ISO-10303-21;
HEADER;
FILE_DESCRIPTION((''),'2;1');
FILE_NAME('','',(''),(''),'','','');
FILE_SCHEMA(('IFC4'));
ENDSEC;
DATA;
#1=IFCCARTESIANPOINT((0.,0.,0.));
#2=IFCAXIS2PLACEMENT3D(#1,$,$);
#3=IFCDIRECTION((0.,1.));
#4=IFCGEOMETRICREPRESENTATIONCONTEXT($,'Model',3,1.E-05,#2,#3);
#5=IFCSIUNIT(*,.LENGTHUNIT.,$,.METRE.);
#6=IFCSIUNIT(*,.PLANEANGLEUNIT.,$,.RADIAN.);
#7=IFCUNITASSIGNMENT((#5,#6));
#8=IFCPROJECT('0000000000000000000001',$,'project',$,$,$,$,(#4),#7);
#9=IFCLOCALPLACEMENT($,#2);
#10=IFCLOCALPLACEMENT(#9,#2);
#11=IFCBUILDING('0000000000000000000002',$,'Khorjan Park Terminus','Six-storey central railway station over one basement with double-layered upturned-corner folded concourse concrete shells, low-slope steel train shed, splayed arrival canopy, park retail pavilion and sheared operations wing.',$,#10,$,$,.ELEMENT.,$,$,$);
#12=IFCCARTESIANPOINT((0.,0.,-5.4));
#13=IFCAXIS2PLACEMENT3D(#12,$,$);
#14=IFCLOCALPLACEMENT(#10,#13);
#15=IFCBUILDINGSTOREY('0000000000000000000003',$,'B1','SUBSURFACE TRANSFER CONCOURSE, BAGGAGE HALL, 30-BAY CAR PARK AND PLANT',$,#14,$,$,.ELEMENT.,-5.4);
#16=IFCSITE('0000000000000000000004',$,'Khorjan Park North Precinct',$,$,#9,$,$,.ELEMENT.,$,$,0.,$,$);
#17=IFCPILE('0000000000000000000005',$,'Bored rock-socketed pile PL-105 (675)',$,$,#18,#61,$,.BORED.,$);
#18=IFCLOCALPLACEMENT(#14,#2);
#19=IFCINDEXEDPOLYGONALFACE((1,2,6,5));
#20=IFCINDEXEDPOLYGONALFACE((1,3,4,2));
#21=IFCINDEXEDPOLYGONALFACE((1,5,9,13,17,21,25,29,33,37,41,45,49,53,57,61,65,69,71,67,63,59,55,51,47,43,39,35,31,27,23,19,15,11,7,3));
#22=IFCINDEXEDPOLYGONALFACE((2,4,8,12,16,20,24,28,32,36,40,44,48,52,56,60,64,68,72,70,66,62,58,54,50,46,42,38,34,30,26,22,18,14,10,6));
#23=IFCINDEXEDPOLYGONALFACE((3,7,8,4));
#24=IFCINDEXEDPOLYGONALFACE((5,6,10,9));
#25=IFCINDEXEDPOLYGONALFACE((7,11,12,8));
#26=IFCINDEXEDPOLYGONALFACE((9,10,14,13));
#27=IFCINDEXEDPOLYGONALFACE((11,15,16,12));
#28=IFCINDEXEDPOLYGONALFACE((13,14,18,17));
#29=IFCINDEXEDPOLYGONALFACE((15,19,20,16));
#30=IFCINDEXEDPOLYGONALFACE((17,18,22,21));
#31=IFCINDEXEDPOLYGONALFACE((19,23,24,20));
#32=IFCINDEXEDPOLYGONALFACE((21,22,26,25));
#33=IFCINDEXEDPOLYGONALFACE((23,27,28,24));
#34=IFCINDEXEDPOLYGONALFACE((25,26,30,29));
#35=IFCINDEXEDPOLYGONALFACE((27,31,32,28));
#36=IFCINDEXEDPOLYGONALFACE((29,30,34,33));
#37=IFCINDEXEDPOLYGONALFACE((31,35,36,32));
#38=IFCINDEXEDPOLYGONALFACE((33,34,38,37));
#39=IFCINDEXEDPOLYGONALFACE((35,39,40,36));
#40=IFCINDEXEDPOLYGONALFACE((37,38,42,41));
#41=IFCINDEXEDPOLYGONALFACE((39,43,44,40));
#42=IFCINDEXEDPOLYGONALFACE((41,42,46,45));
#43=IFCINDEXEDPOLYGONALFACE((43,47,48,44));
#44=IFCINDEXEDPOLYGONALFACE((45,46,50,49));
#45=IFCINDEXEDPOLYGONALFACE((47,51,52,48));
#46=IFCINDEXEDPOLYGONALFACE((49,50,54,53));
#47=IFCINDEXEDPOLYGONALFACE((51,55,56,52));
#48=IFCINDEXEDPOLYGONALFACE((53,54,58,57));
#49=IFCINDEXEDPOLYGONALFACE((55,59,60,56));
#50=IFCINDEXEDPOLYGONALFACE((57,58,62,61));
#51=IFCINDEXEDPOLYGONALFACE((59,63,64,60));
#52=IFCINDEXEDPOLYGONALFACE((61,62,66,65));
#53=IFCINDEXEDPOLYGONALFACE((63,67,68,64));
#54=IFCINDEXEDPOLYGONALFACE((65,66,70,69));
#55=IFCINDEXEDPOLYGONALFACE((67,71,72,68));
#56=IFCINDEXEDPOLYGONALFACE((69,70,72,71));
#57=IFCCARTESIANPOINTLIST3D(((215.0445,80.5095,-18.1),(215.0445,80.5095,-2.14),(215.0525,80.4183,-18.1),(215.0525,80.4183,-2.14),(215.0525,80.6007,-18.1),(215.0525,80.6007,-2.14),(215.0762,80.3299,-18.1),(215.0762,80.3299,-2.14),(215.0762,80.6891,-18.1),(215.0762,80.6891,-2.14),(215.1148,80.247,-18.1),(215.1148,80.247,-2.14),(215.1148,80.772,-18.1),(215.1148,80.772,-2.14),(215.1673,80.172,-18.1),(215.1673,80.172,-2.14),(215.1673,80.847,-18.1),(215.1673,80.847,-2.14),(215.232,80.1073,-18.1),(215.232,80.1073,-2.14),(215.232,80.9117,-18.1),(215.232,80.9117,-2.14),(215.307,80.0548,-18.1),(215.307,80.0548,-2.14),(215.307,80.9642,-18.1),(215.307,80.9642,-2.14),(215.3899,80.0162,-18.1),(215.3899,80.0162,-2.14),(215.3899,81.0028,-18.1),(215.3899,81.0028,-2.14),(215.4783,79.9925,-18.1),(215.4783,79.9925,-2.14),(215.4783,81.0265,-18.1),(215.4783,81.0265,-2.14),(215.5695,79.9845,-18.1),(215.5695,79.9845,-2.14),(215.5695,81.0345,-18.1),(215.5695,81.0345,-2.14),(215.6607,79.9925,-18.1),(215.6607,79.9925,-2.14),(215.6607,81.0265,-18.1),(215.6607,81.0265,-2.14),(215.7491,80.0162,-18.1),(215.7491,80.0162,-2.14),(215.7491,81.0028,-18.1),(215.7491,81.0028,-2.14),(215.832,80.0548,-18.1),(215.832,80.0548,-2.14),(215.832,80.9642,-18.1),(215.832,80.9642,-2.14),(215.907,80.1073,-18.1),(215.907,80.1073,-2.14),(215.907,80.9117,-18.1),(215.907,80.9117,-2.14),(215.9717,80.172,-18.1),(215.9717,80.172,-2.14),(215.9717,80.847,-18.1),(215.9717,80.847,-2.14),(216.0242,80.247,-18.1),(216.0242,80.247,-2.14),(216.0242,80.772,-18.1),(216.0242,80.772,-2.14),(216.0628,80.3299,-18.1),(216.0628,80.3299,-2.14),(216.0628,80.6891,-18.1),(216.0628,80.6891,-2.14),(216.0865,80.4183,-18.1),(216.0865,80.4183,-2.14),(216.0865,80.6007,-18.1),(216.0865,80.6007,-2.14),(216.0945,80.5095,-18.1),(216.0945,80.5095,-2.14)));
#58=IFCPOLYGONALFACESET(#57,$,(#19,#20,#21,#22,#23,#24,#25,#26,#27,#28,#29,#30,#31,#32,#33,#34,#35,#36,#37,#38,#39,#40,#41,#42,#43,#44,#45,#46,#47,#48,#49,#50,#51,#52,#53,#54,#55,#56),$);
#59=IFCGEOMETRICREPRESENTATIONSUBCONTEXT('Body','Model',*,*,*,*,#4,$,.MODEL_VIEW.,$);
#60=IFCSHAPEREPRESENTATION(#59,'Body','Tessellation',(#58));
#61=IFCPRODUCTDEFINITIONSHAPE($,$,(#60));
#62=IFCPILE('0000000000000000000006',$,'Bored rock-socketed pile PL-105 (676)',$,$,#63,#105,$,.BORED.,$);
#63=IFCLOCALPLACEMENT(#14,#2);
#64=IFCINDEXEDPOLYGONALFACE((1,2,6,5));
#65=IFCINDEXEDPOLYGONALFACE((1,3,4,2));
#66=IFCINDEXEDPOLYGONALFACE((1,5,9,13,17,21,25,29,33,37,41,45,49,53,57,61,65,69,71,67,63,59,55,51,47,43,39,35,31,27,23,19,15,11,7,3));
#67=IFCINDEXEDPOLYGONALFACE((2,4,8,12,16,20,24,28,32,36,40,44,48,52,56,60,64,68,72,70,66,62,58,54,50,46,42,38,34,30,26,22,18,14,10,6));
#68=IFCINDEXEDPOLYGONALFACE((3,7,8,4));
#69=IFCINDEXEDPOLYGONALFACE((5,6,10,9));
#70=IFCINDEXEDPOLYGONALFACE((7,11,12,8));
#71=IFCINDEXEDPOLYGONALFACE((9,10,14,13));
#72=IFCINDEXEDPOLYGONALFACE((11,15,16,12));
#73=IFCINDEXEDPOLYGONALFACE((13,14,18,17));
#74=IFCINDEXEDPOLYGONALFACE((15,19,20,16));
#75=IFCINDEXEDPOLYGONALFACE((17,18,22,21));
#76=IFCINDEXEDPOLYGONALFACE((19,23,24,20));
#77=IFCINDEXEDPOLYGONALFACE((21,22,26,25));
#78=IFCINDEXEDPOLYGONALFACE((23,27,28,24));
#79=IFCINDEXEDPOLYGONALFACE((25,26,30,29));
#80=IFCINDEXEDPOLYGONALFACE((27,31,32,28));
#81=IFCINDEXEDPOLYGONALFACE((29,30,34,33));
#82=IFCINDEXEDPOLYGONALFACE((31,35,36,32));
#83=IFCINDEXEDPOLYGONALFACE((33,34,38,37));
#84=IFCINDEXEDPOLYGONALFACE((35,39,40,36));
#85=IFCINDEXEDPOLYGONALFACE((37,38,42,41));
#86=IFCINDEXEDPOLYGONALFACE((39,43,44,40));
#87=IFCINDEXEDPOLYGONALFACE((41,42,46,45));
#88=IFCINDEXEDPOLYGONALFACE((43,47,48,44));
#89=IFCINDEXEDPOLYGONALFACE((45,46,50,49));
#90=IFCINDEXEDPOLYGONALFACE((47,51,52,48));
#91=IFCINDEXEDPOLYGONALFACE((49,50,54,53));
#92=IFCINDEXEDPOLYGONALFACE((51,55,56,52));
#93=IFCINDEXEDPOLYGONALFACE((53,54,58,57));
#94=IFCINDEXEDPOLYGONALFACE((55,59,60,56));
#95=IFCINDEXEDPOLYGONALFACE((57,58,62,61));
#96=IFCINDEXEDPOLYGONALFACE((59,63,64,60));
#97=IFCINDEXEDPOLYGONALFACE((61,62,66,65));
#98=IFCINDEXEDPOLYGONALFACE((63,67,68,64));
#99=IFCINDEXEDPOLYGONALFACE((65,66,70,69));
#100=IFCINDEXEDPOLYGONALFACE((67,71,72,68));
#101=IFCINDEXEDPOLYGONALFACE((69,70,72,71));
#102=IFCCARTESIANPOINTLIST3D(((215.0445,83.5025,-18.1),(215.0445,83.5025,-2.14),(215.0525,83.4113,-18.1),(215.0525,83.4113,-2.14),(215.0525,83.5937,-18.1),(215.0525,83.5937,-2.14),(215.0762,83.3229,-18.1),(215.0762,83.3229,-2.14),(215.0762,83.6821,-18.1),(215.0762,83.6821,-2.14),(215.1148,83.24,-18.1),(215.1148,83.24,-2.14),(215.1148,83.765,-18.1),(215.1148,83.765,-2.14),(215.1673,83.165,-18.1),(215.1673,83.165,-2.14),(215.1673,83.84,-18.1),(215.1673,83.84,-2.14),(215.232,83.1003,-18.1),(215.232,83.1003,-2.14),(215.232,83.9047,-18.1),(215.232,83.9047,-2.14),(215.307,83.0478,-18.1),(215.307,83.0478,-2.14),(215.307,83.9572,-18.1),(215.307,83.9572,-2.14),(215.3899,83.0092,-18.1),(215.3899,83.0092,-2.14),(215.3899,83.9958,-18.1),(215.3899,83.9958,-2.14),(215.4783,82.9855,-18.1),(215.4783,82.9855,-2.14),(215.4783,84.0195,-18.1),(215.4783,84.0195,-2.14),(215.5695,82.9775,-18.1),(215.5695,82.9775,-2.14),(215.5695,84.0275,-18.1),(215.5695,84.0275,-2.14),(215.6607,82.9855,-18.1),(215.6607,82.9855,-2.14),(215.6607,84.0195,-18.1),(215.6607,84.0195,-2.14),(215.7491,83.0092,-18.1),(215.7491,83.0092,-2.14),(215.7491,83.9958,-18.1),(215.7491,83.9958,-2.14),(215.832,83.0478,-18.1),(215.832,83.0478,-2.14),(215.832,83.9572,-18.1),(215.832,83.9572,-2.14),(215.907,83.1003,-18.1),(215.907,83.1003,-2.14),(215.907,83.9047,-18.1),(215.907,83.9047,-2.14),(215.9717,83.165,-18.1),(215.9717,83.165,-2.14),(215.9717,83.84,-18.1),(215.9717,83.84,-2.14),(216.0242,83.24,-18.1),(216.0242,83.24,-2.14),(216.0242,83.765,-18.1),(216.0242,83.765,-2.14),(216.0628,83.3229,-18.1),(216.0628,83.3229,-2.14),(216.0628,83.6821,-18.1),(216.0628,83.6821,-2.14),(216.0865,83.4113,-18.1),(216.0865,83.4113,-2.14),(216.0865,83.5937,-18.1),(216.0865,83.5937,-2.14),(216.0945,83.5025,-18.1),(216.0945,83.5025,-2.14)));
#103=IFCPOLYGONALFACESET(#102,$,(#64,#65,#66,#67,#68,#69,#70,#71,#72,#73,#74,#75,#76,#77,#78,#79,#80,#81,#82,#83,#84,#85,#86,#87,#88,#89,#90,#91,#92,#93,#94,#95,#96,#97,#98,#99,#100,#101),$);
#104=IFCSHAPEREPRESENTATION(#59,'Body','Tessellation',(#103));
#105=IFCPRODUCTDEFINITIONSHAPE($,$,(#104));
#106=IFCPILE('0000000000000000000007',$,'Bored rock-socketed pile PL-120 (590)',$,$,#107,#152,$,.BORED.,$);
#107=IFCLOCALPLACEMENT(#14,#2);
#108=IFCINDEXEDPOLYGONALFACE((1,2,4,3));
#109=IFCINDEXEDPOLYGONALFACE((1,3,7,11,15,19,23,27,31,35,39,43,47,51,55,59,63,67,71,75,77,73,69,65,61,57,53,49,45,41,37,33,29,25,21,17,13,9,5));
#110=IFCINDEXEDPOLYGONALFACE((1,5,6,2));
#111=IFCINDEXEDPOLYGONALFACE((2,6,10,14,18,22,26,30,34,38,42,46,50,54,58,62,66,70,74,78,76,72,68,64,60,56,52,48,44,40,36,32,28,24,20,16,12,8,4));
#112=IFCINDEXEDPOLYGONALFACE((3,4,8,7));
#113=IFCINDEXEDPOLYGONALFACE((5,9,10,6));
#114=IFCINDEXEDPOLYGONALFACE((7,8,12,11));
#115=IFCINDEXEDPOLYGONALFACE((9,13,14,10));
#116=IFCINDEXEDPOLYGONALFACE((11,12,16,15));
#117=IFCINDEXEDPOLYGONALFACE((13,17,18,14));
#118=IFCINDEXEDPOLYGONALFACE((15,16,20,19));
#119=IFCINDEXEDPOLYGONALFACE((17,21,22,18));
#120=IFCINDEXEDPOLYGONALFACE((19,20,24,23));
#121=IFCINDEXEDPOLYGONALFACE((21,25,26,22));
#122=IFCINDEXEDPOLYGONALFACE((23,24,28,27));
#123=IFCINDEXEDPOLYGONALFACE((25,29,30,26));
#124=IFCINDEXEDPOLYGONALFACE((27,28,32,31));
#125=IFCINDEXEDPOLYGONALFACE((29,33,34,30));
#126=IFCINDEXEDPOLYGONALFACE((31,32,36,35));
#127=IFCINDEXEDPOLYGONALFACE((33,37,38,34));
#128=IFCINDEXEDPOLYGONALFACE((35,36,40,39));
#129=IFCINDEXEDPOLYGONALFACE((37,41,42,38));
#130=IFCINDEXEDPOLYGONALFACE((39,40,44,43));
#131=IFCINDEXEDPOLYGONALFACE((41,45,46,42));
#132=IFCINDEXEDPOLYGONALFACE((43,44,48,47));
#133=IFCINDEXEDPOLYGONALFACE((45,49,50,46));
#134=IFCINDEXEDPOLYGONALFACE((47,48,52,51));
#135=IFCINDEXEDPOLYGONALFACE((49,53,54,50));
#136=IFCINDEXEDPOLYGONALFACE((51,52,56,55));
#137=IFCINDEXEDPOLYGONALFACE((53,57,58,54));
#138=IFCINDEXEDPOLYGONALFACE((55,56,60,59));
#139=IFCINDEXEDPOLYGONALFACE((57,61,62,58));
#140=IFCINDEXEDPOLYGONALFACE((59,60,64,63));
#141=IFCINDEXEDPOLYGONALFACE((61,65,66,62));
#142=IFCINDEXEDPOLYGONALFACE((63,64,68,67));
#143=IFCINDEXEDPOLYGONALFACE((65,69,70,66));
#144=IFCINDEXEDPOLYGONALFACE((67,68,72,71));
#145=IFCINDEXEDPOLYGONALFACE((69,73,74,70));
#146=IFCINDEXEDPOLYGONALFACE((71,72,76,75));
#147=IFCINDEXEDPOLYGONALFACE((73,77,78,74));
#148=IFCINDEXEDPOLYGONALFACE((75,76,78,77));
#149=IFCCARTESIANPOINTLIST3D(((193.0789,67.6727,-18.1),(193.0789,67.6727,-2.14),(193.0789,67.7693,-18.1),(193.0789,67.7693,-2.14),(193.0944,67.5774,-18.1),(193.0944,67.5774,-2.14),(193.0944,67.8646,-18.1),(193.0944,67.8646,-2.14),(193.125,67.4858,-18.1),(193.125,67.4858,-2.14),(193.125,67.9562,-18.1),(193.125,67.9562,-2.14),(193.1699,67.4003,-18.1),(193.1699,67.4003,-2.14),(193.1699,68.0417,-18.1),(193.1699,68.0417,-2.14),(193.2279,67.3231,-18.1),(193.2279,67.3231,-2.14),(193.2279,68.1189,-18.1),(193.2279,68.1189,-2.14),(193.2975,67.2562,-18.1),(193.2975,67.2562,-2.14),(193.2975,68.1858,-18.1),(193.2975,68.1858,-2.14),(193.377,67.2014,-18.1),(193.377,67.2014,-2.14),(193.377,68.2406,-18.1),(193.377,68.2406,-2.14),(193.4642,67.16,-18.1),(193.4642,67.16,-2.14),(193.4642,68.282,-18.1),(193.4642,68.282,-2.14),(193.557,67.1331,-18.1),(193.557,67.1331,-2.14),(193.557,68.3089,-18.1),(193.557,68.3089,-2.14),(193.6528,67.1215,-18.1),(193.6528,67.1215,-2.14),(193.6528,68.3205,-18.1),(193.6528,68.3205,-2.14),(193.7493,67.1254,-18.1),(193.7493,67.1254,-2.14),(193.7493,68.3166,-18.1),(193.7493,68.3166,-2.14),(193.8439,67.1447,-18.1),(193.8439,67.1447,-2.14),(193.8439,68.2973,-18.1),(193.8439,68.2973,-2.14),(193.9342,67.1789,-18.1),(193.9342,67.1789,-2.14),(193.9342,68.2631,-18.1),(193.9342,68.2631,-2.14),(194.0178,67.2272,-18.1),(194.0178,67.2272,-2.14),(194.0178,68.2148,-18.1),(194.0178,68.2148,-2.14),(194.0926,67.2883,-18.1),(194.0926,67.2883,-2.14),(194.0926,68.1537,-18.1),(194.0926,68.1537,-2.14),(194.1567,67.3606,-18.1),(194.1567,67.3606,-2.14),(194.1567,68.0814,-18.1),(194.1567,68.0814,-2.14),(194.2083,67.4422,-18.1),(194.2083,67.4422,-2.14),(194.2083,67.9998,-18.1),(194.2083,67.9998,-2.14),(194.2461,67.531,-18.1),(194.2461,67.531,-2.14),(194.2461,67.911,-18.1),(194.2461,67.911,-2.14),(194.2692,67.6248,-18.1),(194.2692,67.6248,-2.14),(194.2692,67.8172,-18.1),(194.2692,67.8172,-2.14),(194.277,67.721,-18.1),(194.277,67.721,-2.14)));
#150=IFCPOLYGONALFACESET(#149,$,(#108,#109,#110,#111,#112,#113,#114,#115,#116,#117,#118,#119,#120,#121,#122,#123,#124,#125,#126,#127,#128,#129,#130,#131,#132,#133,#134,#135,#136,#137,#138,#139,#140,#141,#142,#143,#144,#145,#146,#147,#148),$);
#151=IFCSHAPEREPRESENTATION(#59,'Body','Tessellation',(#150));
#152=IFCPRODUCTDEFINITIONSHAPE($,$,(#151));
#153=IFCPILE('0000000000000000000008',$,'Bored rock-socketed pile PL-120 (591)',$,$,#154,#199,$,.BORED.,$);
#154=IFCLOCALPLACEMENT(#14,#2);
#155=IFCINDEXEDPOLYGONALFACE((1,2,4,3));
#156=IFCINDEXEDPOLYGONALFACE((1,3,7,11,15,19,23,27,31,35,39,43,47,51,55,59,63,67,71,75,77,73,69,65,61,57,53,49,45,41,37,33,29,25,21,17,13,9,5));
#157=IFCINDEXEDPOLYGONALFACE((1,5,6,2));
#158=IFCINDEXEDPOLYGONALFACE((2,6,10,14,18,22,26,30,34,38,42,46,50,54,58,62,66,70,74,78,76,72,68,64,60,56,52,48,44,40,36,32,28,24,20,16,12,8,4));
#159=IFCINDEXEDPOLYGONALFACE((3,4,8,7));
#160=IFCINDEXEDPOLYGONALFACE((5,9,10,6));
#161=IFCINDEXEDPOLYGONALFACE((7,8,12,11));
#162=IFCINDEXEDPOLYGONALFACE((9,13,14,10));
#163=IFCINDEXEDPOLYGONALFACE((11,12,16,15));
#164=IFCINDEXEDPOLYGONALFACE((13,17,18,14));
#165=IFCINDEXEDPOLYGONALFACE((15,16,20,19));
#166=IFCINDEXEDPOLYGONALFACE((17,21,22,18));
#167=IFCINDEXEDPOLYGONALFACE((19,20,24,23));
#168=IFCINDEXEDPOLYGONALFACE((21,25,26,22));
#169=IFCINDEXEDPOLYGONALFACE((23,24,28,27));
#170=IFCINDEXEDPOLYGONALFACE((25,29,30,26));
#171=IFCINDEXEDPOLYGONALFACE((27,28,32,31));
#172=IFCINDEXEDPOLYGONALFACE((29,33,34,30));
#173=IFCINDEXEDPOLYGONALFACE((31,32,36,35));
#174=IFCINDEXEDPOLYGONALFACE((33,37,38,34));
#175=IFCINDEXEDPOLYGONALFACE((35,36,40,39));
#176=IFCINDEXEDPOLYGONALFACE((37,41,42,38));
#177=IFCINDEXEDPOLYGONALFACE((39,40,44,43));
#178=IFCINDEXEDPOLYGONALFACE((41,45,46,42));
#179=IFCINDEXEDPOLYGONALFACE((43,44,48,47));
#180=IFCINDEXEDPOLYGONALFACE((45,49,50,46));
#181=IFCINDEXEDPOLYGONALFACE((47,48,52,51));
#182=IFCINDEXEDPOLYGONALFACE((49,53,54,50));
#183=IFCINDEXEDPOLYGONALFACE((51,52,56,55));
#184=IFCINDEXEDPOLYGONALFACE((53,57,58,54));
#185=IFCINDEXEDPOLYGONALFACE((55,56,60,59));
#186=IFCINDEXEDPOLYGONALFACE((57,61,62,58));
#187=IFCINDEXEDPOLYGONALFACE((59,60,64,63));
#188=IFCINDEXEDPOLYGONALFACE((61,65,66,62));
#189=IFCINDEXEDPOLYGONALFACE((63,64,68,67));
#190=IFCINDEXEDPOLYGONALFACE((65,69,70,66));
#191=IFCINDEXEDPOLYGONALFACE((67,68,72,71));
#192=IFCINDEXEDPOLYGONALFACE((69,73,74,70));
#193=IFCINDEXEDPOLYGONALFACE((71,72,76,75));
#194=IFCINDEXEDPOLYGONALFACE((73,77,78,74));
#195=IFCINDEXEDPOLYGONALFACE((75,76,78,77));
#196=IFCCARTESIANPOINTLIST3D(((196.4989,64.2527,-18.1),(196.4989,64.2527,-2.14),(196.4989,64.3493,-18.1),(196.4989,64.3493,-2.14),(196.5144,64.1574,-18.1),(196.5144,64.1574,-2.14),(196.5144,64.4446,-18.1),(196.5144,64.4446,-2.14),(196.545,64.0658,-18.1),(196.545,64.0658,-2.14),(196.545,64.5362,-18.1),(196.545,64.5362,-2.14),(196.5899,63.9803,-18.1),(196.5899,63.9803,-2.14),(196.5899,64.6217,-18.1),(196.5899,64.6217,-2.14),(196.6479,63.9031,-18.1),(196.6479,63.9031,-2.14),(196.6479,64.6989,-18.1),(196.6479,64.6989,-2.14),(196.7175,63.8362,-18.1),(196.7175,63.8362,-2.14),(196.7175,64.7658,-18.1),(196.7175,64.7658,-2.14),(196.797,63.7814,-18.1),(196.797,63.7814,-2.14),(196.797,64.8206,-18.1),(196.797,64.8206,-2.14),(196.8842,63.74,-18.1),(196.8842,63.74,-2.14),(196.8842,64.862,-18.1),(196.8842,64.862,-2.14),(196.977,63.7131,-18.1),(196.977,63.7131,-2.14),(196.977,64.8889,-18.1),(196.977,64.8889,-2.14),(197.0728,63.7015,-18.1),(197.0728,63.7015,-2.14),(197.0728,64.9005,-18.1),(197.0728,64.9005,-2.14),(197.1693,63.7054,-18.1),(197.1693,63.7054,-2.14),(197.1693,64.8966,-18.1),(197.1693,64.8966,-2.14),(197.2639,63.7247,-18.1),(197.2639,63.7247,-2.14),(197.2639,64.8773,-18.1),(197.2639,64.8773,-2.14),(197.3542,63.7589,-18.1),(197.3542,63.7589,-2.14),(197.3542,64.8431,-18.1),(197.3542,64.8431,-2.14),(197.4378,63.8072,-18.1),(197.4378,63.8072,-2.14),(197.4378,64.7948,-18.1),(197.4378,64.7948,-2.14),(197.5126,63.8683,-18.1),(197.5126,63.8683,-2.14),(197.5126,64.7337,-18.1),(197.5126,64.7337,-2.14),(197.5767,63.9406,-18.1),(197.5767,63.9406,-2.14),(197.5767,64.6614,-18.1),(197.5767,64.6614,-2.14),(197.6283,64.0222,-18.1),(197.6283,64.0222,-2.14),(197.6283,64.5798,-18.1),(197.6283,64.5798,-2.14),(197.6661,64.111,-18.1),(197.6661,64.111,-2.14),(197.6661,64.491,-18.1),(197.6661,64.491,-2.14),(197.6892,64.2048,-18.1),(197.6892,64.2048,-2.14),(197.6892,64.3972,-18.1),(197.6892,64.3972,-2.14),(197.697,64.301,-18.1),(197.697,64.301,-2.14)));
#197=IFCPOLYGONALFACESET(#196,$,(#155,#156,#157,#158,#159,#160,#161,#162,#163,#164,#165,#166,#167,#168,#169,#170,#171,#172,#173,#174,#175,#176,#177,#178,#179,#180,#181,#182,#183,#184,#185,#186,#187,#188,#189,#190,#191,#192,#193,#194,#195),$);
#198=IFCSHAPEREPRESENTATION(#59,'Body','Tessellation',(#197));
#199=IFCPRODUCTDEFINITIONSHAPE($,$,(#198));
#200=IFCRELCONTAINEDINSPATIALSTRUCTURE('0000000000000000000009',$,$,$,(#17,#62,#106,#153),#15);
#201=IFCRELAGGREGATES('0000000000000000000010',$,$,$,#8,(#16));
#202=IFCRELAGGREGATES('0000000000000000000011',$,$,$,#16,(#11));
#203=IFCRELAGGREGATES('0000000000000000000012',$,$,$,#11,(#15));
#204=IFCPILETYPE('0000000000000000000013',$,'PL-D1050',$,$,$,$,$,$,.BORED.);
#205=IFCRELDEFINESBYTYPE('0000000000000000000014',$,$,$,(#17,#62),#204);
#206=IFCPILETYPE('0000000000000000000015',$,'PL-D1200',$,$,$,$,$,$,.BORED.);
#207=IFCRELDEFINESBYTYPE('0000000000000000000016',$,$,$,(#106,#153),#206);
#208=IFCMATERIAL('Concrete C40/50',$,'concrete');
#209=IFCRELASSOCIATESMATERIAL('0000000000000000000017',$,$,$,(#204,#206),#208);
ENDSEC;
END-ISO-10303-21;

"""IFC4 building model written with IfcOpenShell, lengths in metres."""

from ifc_helpers import new_model, si_unit, direction, frame, origin, origin_2d, place, context, subcontext, project, spatial, circle, extrude, material, material_profile, profile_set, type_object, element, save


model = new_model("IFC4")

# Units and contexts
model_context = context("Model", 3, precision=1e-05, world=origin(), true_north=direction((0.0, 1.0)))
body_context = subcontext(model_context, "Body", "Model", "MODEL_VIEW")
ifc_project = project(units=[si_unit("LENGTHUNIT", "METRE"), si_unit("PLANEANGLEUNIT", "RADIAN")], contexts=[model_context])

# Site, building, storey
site_placement = place(None, origin())
site = spatial("IfcSite", under=ifc_project, at=site_placement, Name="Khorjan Park North Precinct", CompositionType="ELEMENT", RefElevation=0.0)
building_placement = place(site_placement, origin())
building = spatial("IfcBuilding", under=site, at=building_placement, Name="Khorjan Park Terminus", Description="Six-storey central railway station over one basement with double-layered upturned-corner folded concourse concrete shells, low-slope steel train shed, splayed arrival canopy, park retail pavilion and sheared operations wing.", CompositionType="ELEMENT")
storey_placement = place(building_placement, frame((0.0, 0.0, -5.4)))
storey = spatial("IfcBuildingStorey", under=building, at=storey_placement, Name="B1", Description="SUBSURFACE TRANSFER CONCOURSE, BAGGAGE HALL, 30-BAY CAR PARK AND PLANT", CompositionType="ELEMENT", Elevation=-5.4)

# Piles
ifc_material_1 = material(Name="Concrete C40/50", Category="concrete")
ifc_material_profile_1 = material_profile(ifc_material_1, circle(Radius=0.525, at=origin_2d()), Name="BORED D1050")
ifc_profile_set_1 = profile_set([ifc_material_profile_1], Name="Concrete C40/50")
pile_type_1 = type_object("IfcPileType", Name="PL-D1050", PredefinedType="BORED", material=ifc_profile_set_1)
for number, where, z_axis, x_axis, name in (
    (1, (215.5695, 80.5095, -2.14), (0.0, 0.0, -1.0), (1.0, 0.0, 0.0), "Bored rock-socketed pile PL-105 (675)"),
    (2, (215.5695, 83.5025, -2.14), (0.0, 0.0, -1.0), (1.0, 0.0, 0.0), "Bored rock-socketed pile PL-105 (676)"),
):
    element("IfcPile", number, at=place(storey_placement, frame(where, z_axis=z_axis, x_axis=x_axis)), inside=storey, type_object=pile_type_1, Name=name, PredefinedType="BORED", context=body_context, shape_type="SweptSolid", body=[
        extrude(circle(Radius=0.525, at=origin_2d()), origin(), (0.0, 0.0, 1.0), 15.96),
    ])
ifc_material_profile_2 = material_profile(ifc_material_1, circle(Radius=0.6, at=origin_2d()), Name="BORED D1200")
ifc_profile_set_2 = profile_set([ifc_material_profile_2], Name="Concrete C40/50")
pile_type_2 = type_object("IfcPileType", Name="PL-D1200", PredefinedType="BORED", material=ifc_profile_set_2)
for number, where, z_axis, x_axis, name in (
    (3, (193.677, 67.721, -2.14), (0.0, 0.0, -1.0), (1.0, 0.0, 0.0), "Bored rock-socketed pile PL-120 (590)"),
    (4, (197.097, 64.301, -2.14), (0.0, 0.0, -1.0), (1.0, 0.0, 0.0), "Bored rock-socketed pile PL-120 (591)"),
):
    element("IfcPile", number, at=place(storey_placement, frame(where, z_axis=z_axis, x_axis=x_axis)), inside=storey, type_object=pile_type_2, Name=name, PredefinedType="BORED", context=body_context, shape_type="SweptSolid", body=[
        extrude(circle(Radius=0.6, at=origin_2d()), origin(), (0.0, 0.0, 1.0), 15.96),
    ])

save(model, "model.ifc")
